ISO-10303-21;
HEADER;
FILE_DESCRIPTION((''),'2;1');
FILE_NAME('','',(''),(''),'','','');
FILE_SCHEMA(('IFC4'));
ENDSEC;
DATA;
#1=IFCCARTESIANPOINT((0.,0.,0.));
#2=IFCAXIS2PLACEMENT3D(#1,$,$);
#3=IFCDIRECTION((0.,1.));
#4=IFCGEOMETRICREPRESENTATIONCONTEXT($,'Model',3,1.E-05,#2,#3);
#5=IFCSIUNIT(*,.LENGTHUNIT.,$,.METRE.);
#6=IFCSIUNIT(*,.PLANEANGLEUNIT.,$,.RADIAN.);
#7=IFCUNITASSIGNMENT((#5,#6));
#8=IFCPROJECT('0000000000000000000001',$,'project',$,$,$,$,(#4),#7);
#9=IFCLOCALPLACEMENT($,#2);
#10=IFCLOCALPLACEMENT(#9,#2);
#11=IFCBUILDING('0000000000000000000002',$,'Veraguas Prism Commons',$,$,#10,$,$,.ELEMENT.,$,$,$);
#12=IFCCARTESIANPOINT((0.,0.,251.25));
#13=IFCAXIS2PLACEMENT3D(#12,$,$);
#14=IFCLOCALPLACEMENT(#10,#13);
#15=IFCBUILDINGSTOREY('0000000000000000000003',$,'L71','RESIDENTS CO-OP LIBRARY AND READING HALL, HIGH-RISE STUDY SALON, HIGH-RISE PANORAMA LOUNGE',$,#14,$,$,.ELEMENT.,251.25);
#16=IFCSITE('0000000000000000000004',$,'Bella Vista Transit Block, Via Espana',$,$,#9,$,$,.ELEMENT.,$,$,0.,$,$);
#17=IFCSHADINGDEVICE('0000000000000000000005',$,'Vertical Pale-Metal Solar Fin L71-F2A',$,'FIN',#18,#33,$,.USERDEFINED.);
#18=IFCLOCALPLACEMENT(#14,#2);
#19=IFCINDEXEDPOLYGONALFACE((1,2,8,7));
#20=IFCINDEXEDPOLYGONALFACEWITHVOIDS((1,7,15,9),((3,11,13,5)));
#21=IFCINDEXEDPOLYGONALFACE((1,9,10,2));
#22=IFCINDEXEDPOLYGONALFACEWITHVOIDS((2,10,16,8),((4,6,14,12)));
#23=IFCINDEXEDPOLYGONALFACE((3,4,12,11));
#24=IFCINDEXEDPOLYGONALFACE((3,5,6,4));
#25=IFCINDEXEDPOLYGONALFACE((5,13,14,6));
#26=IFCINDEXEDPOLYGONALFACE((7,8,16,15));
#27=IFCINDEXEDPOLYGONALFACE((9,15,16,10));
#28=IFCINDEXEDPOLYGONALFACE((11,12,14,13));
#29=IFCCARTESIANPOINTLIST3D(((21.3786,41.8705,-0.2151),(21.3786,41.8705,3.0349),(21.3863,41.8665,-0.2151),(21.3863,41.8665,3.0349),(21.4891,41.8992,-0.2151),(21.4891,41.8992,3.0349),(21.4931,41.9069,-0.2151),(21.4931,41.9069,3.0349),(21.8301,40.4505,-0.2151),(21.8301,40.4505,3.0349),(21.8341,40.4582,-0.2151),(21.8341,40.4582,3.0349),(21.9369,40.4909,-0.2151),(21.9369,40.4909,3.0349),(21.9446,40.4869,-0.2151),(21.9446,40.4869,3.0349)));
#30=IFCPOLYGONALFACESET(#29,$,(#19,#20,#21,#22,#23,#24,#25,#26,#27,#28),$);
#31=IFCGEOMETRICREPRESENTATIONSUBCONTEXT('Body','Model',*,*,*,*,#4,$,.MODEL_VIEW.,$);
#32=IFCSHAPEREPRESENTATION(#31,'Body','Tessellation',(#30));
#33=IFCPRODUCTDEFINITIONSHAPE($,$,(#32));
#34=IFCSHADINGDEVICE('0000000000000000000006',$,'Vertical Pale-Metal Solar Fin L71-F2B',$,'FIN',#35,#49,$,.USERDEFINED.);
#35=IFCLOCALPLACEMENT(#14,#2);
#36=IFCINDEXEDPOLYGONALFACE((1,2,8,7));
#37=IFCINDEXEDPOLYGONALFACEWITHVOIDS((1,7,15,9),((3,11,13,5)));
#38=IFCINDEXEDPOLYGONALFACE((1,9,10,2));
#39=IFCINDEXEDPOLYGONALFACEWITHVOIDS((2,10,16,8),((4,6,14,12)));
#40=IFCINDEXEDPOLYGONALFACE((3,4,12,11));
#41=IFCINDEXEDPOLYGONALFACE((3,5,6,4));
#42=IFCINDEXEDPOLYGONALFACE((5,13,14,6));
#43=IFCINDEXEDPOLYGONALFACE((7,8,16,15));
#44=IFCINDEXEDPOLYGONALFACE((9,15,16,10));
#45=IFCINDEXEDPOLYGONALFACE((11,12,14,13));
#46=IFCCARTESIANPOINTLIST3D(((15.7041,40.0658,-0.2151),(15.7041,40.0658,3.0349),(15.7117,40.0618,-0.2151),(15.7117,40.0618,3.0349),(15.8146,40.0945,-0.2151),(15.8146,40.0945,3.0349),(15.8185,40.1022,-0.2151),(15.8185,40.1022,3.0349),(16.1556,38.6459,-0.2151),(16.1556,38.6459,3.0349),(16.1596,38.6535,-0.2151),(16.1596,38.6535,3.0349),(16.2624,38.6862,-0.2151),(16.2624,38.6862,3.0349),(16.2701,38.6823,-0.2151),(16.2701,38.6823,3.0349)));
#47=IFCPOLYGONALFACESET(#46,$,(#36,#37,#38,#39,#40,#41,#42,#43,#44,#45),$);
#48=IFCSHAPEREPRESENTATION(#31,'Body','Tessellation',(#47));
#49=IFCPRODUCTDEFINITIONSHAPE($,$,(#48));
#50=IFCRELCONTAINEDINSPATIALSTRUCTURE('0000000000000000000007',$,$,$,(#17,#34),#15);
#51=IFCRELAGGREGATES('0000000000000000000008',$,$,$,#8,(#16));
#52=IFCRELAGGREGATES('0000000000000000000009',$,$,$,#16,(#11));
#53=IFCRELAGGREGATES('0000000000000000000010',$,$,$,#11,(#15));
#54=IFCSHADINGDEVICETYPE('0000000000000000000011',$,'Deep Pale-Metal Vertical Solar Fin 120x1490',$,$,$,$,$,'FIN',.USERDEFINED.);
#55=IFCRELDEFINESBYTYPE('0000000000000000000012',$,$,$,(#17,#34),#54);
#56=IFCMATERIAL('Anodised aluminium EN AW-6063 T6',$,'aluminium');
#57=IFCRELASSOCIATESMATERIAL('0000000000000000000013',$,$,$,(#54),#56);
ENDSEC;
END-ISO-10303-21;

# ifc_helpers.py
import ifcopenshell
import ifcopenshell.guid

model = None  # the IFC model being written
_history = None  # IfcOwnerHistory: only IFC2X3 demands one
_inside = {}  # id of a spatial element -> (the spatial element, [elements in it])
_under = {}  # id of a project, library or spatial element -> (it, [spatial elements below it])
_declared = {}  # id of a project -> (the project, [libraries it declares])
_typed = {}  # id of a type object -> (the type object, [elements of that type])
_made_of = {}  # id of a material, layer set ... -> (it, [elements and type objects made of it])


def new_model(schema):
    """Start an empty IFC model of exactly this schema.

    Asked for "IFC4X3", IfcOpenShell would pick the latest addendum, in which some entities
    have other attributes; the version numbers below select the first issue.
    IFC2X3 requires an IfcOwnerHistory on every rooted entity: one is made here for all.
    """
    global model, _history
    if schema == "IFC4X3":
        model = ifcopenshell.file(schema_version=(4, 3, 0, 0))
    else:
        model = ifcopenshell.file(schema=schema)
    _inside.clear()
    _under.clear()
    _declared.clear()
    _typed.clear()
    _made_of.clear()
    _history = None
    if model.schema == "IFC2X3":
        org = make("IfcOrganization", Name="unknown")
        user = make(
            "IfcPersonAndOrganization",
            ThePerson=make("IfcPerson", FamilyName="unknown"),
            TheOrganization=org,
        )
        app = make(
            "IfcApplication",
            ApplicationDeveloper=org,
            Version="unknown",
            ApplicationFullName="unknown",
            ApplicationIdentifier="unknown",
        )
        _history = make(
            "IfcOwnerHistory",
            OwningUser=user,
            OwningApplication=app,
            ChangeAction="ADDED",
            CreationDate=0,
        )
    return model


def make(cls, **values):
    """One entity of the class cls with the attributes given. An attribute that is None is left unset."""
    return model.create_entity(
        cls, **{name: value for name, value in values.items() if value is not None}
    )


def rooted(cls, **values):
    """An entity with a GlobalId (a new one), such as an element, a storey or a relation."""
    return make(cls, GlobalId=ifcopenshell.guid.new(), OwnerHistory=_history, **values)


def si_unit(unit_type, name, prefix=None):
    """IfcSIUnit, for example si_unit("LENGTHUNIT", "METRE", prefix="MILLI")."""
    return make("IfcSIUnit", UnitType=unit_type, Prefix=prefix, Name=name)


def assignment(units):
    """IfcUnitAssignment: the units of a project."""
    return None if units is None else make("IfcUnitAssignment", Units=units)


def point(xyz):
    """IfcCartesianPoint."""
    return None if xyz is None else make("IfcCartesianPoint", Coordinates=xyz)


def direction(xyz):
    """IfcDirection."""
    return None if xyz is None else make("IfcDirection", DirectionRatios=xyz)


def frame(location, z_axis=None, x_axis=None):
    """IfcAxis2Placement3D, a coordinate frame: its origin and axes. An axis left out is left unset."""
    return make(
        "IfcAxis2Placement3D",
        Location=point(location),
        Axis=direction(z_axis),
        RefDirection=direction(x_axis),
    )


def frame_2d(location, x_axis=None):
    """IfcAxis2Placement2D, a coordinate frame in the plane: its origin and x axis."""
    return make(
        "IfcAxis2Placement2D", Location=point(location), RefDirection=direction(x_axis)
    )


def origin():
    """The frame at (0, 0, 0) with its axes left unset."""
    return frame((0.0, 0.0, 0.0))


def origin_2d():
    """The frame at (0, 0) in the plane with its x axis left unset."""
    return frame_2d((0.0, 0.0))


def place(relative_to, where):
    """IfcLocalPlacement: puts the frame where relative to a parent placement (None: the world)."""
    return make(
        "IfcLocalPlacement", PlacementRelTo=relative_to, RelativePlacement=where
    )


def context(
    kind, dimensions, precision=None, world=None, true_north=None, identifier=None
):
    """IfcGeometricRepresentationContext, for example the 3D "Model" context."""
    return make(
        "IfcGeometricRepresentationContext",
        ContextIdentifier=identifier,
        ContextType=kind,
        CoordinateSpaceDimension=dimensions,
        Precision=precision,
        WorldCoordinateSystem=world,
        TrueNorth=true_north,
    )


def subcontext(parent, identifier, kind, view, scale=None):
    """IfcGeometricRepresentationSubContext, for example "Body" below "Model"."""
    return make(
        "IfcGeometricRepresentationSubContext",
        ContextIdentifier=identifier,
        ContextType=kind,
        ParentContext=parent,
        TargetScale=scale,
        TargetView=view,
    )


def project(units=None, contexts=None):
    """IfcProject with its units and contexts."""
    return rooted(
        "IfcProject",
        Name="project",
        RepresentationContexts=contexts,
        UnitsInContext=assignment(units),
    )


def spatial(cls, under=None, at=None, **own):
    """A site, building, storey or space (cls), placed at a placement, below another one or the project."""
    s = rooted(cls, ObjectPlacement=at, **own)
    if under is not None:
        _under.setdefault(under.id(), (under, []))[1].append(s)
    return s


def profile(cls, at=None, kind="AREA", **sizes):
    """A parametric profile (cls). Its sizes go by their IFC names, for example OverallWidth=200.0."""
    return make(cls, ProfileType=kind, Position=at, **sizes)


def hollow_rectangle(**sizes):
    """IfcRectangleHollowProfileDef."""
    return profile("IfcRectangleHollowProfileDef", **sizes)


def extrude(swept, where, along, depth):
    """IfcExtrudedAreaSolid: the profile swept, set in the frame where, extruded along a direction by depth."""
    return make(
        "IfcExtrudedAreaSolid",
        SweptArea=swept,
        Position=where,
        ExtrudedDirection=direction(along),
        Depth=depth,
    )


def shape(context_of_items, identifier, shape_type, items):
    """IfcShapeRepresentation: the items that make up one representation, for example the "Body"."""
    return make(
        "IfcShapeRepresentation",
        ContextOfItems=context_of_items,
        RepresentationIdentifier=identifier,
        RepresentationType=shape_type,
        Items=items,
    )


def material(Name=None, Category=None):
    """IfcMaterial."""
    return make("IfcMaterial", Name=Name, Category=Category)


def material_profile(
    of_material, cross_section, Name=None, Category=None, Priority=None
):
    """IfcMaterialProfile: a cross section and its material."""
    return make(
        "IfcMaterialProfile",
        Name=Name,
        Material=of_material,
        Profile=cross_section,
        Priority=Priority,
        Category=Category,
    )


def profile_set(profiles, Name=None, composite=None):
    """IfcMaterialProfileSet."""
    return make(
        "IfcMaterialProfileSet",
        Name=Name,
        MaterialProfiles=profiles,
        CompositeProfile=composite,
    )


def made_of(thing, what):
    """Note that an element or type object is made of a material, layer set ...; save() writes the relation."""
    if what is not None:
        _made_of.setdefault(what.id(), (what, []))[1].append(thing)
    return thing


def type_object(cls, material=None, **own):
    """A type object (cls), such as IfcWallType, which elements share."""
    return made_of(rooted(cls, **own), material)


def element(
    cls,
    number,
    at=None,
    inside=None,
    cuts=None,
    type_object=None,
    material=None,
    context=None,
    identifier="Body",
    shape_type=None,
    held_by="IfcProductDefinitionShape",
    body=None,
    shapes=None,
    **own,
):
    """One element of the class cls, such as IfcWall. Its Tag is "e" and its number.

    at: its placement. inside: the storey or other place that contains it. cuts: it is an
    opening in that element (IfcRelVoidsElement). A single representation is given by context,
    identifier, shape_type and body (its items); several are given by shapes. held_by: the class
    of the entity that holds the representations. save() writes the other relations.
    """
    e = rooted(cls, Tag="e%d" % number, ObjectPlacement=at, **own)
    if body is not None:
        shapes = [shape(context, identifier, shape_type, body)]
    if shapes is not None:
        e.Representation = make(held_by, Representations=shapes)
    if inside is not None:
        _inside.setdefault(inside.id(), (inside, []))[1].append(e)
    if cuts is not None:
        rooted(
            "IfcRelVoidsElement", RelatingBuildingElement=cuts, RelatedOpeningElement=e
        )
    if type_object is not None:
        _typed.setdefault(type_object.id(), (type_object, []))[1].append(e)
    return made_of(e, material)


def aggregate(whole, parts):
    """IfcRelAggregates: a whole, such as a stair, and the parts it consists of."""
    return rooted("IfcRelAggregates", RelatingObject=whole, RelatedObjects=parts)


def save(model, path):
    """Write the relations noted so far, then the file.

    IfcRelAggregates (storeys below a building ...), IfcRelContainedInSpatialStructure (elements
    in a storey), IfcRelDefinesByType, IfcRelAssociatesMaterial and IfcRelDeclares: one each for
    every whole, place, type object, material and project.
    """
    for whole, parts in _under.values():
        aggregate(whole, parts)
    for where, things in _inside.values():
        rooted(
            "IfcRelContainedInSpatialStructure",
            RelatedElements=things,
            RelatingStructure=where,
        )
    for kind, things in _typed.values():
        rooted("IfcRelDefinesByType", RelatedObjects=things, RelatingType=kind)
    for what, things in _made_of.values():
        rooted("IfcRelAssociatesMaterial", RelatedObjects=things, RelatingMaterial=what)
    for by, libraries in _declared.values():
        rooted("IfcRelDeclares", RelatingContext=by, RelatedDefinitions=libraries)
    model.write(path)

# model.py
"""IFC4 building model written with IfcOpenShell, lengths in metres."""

from ifc_helpers import new_model, si_unit, direction, frame, origin, origin_2d, place, context, subcontext, project, spatial, hollow_rectangle, extrude, material, material_profile, profile_set, type_object, element, save


model = new_model("IFC4")

# Units and contexts
model_context = context("Model", 3, precision=1e-05, world=origin(), true_north=direction((0.0, 1.0)))
body_context = subcontext(model_context, "Body", "Model", "MODEL_VIEW")
ifc_project = project(units=[si_unit("LENGTHUNIT", "METRE"), si_unit("PLANEANGLEUNIT", "RADIAN")], contexts=[model_context])

# Site, building, storey
site_placement = place(None, origin())
site = spatial("IfcSite", under=ifc_project, at=site_placement, Name="Bella Vista Transit Block, Via Espana", CompositionType="ELEMENT", RefElevation=0.0)
building_placement = place(site_placement, origin())
building = spatial("IfcBuilding", under=site, at=building_placement, Name="Veraguas Prism Commons", CompositionType="ELEMENT")
storey_placement = place(building_placement, frame((0.0, 0.0, 251.25)))
storey = spatial("IfcBuildingStorey", under=building, at=storey_placement, Name="L71", Description="RESIDENTS CO-OP LIBRARY AND READING HALL, HIGH-RISE STUDY SALON, HIGH-RISE PANORAMA LOUNGE", CompositionType="ELEMENT", Elevation=251.25)

# Shared definitions
ifc_material_1 = material(Name="Anodised aluminium EN AW-6063 T6", Category="aluminium")

# Shading devices
ifc_material_profile_1 = material_profile(ifc_material_1, hollow_rectangle(XDim=0.1201, YDim=1.49, WallThickness=0.0061, at=origin_2d()), Name="FIN120X1490X6")
ifc_profile_set_1 = profile_set([ifc_material_profile_1], Name="Anodised aluminium EN AW-6063 T6")
shading_device_type = type_object("IfcShadingDeviceType", Name="Deep Pale-Metal Vertical Solar Fin 120x1490", ElementType="FIN", PredefinedType="USERDEFINED", material=ifc_profile_set_1)
for number, where, z_axis, x_axis, name in (
    (1, (21.6616, 41.1787, -0.2151), (0.0, 0.0, 1.0), (-0.952979, -0.303035, 0.0), "Vertical Pale-Metal Solar Fin L71-F2A"),
    (2, (15.9871, 39.374, -0.2151), (0.0, 0.0, 1.0), (-0.952979, -0.303035, 0.0), "Vertical Pale-Metal Solar Fin L71-F2B"),
):
    element("IfcShadingDevice", number, at=place(storey_placement, frame(where, z_axis=z_axis, x_axis=x_axis)), inside=storey, type_object=shading_device_type, Name=name, ObjectType="FIN", PredefinedType="USERDEFINED", context=body_context, shape_type="SweptSolid", body=[
        extrude(hollow_rectangle(XDim=0.1201, YDim=1.49, WallThickness=0.0061, at=origin_2d()), origin(), (0.0, 0.0, 1.0), 3.25),
    ])

save(model, "model.ifc")
